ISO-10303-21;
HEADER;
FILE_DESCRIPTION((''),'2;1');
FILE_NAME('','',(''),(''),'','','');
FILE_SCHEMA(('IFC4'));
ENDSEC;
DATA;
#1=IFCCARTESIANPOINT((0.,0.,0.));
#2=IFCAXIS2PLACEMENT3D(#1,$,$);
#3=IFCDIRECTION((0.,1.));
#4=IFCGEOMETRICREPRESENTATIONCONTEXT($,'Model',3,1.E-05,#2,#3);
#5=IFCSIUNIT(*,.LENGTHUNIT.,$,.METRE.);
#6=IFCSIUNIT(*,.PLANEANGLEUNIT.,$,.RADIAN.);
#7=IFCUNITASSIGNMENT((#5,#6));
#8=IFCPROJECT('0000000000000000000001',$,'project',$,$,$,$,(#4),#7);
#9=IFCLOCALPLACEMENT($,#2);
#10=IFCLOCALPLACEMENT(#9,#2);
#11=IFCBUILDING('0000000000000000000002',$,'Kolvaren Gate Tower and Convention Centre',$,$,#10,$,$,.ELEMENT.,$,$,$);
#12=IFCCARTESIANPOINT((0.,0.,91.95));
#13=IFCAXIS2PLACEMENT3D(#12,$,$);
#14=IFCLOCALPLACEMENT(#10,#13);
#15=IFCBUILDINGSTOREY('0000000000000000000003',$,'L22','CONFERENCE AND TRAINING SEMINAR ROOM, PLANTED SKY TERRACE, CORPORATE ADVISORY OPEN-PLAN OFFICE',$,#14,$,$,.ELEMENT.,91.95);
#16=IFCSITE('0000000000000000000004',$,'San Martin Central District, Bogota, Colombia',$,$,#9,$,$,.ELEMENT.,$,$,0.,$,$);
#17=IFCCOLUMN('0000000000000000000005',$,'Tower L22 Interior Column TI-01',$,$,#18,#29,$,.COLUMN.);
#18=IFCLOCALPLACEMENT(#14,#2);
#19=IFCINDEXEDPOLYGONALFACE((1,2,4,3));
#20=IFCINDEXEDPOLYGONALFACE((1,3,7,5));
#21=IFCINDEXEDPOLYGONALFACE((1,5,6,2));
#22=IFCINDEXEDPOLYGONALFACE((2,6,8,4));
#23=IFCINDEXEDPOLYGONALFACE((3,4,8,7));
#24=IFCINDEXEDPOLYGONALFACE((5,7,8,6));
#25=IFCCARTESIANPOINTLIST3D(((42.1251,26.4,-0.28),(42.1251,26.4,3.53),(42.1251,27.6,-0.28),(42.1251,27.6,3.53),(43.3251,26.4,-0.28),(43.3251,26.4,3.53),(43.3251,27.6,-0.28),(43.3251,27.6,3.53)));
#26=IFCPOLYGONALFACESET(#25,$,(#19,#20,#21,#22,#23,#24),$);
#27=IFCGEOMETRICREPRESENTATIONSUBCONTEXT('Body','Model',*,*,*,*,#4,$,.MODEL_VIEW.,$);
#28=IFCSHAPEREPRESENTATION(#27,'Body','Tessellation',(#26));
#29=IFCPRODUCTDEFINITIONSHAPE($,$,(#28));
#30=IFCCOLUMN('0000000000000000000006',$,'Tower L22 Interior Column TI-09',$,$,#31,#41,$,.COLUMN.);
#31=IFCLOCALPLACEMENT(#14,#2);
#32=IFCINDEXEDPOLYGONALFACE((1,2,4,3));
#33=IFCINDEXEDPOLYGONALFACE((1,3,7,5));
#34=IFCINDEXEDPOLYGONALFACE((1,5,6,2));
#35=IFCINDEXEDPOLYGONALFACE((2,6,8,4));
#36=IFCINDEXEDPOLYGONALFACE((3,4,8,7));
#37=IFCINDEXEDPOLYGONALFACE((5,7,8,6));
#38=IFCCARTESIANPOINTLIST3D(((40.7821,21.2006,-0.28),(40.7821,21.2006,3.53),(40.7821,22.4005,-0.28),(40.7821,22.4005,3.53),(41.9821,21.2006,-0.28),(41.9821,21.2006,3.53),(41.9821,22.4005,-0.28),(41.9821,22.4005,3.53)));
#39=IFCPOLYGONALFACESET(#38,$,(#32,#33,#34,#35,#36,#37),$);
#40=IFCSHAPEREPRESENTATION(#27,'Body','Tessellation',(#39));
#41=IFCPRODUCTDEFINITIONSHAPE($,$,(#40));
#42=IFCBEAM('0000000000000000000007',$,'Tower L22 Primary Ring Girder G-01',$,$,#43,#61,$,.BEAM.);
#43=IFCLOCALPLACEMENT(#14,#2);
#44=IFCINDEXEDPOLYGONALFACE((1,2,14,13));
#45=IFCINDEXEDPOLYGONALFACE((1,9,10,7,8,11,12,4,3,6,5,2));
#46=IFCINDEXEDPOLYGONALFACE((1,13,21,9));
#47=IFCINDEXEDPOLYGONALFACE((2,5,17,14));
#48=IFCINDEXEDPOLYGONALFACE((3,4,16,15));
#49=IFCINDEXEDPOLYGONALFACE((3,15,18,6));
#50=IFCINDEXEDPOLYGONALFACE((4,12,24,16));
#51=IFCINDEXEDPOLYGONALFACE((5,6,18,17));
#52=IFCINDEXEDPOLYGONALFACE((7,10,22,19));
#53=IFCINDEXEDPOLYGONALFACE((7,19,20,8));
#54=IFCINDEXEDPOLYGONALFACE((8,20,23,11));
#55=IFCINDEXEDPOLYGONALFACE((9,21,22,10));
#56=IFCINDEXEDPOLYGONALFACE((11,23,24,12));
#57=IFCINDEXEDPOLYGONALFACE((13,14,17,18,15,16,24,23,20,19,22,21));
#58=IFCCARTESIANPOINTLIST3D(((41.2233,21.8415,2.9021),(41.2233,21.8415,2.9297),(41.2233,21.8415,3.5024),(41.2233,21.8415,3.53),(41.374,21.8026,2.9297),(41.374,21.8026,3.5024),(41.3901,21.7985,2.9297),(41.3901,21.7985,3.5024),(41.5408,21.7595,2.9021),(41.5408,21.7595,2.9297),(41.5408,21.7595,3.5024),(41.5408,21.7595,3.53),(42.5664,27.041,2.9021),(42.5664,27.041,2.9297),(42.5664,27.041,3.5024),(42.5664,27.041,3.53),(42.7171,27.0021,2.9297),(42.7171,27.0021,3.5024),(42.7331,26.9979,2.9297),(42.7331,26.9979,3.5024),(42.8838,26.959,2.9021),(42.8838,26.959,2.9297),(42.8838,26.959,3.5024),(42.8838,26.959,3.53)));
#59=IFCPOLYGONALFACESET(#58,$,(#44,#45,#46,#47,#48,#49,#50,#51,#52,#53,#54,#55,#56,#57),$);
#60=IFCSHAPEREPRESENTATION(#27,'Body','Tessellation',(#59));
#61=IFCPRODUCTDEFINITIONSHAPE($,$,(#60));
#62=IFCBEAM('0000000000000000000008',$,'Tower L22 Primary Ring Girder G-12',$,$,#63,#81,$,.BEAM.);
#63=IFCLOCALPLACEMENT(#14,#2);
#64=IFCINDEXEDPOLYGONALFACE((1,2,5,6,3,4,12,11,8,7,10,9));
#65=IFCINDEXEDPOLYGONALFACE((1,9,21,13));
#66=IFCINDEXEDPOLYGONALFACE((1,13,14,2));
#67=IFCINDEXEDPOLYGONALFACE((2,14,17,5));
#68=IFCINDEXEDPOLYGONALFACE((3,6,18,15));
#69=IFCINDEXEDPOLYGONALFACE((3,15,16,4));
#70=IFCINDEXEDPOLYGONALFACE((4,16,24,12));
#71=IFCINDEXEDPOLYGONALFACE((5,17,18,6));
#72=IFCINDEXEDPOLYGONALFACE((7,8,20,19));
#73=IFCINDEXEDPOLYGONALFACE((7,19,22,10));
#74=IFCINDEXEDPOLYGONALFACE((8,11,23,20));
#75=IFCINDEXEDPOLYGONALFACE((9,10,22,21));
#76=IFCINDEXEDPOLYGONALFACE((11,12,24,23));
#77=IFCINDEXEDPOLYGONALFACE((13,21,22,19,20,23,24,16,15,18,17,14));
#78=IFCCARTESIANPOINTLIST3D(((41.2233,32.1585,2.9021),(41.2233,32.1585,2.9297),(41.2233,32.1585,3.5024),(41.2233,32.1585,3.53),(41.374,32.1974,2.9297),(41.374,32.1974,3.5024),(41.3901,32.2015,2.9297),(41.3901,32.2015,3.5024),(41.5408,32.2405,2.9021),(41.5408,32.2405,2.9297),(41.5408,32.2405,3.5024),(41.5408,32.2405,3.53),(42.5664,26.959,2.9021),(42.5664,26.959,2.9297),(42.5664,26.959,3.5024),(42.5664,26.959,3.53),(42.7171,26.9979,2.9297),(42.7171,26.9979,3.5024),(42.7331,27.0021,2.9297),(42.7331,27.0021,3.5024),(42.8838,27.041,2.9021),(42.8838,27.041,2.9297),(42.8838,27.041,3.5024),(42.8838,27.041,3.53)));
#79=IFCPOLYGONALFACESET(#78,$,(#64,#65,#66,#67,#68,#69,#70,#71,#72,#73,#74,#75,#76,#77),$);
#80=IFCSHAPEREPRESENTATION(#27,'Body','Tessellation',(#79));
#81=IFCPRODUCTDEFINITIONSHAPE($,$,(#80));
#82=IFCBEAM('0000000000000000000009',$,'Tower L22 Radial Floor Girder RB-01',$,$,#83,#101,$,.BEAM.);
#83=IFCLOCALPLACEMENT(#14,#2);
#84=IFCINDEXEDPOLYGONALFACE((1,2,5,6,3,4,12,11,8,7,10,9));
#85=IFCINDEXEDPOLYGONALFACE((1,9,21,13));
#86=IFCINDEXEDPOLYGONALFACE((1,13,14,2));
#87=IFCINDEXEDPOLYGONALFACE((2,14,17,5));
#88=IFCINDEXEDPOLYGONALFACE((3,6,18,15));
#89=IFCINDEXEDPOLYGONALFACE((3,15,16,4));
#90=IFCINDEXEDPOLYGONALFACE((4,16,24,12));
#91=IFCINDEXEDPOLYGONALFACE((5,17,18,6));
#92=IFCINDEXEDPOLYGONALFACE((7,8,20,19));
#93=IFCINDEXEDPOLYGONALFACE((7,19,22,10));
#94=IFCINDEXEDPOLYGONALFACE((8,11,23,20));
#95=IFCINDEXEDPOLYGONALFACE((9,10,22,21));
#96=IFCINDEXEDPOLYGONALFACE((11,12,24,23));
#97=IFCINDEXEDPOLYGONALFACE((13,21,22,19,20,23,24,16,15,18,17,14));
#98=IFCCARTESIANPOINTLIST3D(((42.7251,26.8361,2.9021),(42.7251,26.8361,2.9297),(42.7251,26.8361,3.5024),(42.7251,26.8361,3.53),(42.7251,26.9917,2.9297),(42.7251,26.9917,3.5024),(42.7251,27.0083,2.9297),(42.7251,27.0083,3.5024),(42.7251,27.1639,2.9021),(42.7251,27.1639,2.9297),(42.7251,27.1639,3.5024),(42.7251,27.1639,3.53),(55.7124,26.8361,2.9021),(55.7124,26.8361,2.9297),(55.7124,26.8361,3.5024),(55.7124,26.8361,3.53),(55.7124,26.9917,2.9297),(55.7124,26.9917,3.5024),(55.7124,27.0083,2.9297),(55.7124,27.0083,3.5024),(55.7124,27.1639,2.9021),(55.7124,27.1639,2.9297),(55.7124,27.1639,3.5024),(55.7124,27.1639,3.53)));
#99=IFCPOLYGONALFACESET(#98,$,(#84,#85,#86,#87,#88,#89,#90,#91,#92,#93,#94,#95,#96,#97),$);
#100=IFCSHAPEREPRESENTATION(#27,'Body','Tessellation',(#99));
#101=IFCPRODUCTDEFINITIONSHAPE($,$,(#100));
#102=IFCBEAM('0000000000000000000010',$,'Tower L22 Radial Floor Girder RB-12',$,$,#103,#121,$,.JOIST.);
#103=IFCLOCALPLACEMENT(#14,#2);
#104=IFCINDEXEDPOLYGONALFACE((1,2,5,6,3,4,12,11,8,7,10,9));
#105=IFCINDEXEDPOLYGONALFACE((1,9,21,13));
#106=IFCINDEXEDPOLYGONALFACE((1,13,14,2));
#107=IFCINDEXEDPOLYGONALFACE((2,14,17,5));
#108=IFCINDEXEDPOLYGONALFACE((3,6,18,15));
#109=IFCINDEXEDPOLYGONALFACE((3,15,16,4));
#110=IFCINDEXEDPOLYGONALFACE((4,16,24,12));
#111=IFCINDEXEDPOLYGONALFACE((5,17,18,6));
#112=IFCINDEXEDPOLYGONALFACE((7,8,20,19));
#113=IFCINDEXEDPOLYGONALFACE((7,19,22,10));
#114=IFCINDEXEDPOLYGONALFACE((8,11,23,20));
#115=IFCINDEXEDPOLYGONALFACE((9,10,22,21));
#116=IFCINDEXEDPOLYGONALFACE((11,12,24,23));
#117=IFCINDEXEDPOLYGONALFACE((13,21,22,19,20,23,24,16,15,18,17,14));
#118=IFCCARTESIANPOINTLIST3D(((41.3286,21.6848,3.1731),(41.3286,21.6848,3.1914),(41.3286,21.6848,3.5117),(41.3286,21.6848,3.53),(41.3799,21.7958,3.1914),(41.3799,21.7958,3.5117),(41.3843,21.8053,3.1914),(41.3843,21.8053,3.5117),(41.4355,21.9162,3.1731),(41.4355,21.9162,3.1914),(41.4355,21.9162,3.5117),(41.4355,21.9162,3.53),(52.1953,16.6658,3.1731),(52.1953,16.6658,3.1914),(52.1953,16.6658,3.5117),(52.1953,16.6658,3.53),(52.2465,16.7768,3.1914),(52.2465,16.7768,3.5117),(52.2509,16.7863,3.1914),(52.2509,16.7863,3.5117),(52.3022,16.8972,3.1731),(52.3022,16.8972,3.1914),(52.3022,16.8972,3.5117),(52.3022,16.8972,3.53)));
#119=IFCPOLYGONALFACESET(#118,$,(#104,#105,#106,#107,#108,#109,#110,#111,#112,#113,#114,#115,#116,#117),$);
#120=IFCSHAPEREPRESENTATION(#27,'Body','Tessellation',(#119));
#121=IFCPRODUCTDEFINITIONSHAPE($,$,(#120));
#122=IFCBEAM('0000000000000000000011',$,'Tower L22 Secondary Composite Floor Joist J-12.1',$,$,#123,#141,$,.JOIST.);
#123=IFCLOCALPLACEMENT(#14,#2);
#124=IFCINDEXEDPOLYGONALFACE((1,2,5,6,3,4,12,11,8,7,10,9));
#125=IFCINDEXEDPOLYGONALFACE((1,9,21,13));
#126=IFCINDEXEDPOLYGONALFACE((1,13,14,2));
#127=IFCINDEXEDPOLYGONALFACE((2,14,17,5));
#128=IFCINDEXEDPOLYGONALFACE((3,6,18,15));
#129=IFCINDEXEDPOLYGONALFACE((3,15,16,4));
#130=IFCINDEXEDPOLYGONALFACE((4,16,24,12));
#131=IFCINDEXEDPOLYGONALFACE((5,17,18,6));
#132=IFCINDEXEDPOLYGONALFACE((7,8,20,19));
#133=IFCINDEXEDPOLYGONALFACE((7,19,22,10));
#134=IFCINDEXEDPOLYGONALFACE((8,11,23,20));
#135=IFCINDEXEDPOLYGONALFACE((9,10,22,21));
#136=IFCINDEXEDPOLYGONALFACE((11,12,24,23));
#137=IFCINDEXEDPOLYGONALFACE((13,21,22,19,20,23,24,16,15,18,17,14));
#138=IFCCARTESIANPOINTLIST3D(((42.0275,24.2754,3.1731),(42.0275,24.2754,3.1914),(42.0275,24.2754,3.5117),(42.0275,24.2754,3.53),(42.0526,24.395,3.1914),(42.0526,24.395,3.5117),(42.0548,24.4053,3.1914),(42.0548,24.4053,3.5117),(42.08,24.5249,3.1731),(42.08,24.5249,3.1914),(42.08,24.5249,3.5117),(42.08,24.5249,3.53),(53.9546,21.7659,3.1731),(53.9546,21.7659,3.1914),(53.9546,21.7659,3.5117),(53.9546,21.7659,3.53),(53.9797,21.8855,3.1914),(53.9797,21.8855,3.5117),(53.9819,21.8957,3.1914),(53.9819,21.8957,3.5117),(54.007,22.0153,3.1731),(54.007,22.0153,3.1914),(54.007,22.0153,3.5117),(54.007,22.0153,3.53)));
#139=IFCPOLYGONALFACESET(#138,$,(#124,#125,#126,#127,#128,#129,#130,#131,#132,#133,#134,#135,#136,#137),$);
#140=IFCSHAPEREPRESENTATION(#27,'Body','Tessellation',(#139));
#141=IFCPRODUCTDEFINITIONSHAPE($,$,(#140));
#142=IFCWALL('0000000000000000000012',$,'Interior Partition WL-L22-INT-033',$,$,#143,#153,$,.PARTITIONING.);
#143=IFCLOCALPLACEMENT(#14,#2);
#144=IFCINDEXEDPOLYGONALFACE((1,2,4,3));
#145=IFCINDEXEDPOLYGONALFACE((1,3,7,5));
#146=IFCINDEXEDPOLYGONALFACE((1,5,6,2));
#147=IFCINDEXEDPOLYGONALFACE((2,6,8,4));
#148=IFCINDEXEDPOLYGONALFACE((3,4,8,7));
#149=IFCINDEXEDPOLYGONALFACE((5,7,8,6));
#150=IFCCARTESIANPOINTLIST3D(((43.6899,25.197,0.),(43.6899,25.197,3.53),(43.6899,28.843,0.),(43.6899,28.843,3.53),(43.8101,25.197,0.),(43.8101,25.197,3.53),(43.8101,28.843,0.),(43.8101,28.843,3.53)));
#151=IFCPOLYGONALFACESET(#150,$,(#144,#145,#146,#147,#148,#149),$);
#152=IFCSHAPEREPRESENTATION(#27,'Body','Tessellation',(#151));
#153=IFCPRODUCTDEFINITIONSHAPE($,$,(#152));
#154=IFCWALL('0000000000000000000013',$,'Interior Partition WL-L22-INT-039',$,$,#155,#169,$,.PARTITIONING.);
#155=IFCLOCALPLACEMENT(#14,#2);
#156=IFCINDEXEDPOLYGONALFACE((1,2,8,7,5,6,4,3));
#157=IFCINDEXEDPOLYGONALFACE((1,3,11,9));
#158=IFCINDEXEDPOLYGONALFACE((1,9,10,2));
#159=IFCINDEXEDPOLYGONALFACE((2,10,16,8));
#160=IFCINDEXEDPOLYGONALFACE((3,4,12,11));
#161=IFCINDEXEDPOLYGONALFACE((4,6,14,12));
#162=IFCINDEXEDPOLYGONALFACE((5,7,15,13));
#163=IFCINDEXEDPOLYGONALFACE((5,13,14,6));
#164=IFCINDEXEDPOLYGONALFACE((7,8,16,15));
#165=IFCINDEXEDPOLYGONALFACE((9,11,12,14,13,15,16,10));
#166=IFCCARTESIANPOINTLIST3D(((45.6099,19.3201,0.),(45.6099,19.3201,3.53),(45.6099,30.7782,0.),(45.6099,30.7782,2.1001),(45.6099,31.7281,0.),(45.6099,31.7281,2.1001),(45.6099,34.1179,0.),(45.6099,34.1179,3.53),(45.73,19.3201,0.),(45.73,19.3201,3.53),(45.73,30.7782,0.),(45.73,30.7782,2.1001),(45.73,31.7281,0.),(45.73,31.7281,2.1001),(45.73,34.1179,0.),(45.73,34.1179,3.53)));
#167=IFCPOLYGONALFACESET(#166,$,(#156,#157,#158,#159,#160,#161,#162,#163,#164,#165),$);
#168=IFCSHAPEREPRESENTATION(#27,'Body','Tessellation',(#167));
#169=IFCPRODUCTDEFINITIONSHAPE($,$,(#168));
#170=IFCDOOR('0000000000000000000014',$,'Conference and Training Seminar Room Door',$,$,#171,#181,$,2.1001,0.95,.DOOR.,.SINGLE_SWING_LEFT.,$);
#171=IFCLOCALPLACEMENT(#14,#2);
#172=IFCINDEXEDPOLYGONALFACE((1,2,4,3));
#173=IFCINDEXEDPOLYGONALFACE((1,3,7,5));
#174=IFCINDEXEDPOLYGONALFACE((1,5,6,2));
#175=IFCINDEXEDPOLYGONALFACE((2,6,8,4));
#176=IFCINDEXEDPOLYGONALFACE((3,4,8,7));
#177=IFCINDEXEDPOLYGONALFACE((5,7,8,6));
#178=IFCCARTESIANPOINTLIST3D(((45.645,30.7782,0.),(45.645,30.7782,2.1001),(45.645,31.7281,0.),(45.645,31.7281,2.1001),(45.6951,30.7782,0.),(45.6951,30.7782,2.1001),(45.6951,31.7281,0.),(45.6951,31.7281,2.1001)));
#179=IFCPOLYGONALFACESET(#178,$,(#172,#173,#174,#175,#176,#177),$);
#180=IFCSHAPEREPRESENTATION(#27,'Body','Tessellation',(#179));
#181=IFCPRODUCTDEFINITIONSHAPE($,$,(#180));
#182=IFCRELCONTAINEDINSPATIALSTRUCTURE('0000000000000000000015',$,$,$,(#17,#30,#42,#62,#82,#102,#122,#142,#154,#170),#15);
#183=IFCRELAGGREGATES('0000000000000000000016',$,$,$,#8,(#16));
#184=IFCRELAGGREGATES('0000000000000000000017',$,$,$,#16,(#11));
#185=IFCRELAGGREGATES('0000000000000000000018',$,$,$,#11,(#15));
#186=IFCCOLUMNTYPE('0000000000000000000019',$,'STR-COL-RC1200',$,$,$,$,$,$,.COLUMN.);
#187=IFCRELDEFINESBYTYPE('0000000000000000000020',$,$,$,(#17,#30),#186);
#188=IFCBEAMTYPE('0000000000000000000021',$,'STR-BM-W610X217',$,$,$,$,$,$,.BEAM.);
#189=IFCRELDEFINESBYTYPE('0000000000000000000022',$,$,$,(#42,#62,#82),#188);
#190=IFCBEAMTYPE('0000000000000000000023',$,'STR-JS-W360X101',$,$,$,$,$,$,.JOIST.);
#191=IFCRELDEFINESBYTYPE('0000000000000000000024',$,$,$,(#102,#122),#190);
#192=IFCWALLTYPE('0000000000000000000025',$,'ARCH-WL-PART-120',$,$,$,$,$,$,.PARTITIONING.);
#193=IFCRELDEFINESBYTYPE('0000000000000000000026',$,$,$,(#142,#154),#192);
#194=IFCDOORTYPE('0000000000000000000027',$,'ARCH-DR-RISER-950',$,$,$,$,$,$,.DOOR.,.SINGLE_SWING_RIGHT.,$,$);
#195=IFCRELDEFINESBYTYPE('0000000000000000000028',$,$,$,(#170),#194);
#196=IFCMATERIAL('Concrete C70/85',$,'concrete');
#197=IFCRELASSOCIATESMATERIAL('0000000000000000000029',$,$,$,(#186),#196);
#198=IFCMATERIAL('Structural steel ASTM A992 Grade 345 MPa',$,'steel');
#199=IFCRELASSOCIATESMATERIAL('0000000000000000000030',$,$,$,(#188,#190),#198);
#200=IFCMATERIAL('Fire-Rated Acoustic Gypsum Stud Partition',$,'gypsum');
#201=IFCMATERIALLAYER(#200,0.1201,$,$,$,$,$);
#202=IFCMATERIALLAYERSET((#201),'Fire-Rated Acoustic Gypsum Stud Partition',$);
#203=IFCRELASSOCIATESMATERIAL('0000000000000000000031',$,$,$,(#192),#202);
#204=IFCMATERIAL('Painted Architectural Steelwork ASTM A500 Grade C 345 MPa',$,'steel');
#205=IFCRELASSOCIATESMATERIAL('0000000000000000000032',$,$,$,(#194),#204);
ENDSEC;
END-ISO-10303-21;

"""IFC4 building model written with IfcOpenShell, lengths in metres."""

from ifc_helpers import new_model, si_unit, direction, frame, frame_2d, origin, origin_2d, place, context, subcontext, project, spatial, rectangle, i_section, extrude, material, layer, layer_set, material_profile, profile_set, type_object, element, fill, save


model = new_model("IFC4")

# Units and contexts
model_context = context("Model", 3, precision=1e-05, world=origin(), true_north=direction((0.0, 1.0)))
body_context = subcontext(model_context, "Body", "Model", "MODEL_VIEW")
ifc_project = project(units=[si_unit("LENGTHUNIT", "METRE"), si_unit("PLANEANGLEUNIT", "RADIAN")], contexts=[model_context])

# Site, building, storey
site_placement = place(None, origin())
site = spatial("IfcSite", under=ifc_project, at=site_placement, Name="San Martin Central District, Bogota, Colombia", CompositionType="ELEMENT", RefElevation=0.0)
building_placement = place(site_placement, origin())
building = spatial("IfcBuilding", under=site, at=building_placement, Name="Kolvaren Gate Tower and Convention Centre", CompositionType="ELEMENT")
storey_placement = place(building_placement, frame((0.0, 0.0, 91.95)))
storey = spatial("IfcBuildingStorey", under=building, at=storey_placement, Name="L22", Description="CONFERENCE AND TRAINING SEMINAR ROOM, PLANTED SKY TERRACE, CORPORATE ADVISORY OPEN-PLAN OFFICE", CompositionType="ELEMENT", Elevation=91.95)

# Columns
ifc_material_1 = material(Name="Concrete C70/85", Category="concrete")
ifc_material_profile_1 = material_profile(ifc_material_1, rectangle(XDim=1.2, YDim=1.2, at=origin_2d()), Name="RC-COL-1200X1200")
ifc_profile_set_1 = profile_set([ifc_material_profile_1], Name="Concrete C70/85")
column_type = type_object("IfcColumnType", Name="STR-COL-RC1200", PredefinedType="COLUMN", material=ifc_profile_set_1)
for number, where, z_axis, x_axis, name in (
    (1, (42.7251, 27.0, -0.28), (0.0, 0.0, 1.0), (1.0, 0.0, 0.0), "Tower L22 Interior Column TI-01"),
    (2, (41.3821, 21.8005, -0.28), (0.0, 0.0, 1.0), (1.0, 0.0, 0.0), "Tower L22 Interior Column TI-09"),
):
    element("IfcColumn", number, at=place(storey_placement, frame(where, z_axis=z_axis, x_axis=x_axis)), inside=storey, type_object=column_type, Name=name, PredefinedType="COLUMN", context=body_context, shape_type="SweptSolid", body=[
        extrude(rectangle(XDim=1.2, YDim=1.2, at=origin_2d()), origin(), (0.0, 0.0, 1.0), 3.8101),
    ])

# Beams
ifc_material_2 = material(Name="Structural steel ASTM A992 Grade 345 MPa", Category="steel")
ifc_material_profile_2 = material_profile(ifc_material_2, i_section(OverallWidth=0.3279, OverallDepth=0.6279, WebThickness=0.0166, FlangeThickness=0.0276, at=origin_2d()), Name="W610X217")
ifc_profile_set_2 = profile_set([ifc_material_profile_2], Name="Structural steel ASTM A992 Grade 345 MPa")
beam_type_1 = type_object("IfcBeamType", Name="STR-BM-W610X217", PredefinedType="BEAM", material=ifc_profile_set_2)
for number, where, z_axis, x_axis, name in (
    (3, (42.7251, 27.0, 3.2161), (-0.250091, -0.968222, 0.0), (0.968222, -0.250091, 0.0), "Tower L22 Primary Ring Girder G-01"),
    (4, (42.7251, 27.0, 3.2161), (-0.250091, 0.968222, 0.0), (-0.968222, -0.250091, 0.0), "Tower L22 Primary Ring Girder G-12"),
):
    element("IfcBeam", number, at=place(storey_placement, frame(where, z_axis=z_axis, x_axis=x_axis)), inside=storey, type_object=beam_type_1, Name=name, PredefinedType="BEAM", context=body_context, shape_type="SweptSolid", body=[
        extrude(i_section(OverallWidth=0.3279, OverallDepth=0.6279, WebThickness=0.0166, FlangeThickness=0.0276, at=origin_2d()), origin(), (0.0, 0.0, 1.0), 5.3701),
    ])
beam_1_placement = place(storey_placement, frame((42.7251, 27.0, 3.2161), z_axis=(1.0, 0.0, 0.0), x_axis=(0.0, 1.0, 0.0)))
element("IfcBeam", 5, at=beam_1_placement, inside=storey, type_object=beam_type_1, Name="Tower L22 Radial Floor Girder RB-01", PredefinedType="BEAM", context=body_context, shape_type="SweptSolid", body=[
    extrude(i_section(OverallWidth=0.3279, OverallDepth=0.6279, WebThickness=0.0166, FlangeThickness=0.0276, at=origin_2d()), origin(), (0.0, 0.0, 1.0), 12.9873),
])
ifc_material_profile_3 = material_profile(ifc_material_2, i_section(OverallWidth=0.2549, OverallDepth=0.3569, WebThickness=0.0105, FlangeThickness=0.0183, at=origin_2d()), Name="W360X101")
ifc_profile_set_3 = profile_set([ifc_material_profile_3], Name="Structural steel ASTM A992 Grade 345 MPa")
beam_type_2 = type_object("IfcBeamType", Name="STR-JS-W360X101", PredefinedType="JOIST", material=ifc_profile_set_3)
beam_2_placement = place(storey_placement, frame((41.3821, 21.8005, 3.3516), z_axis=(0.907844, -0.419309, 0.0), x_axis=(0.419309, 0.907844, 0.0)))
element("IfcBeam", 6, at=beam_2_placement, inside=storey, type_object=beam_type_2, Name="Tower L22 Radial Floor Girder RB-12", PredefinedType="JOIST", context=body_context, shape_type="SweptSolid", body=[
    extrude(i_section(OverallWidth=0.2549, OverallDepth=0.3569, WebThickness=0.0105, FlangeThickness=0.0183, at=origin_2d()), origin(), (0.0, 0.0, 1.0), 11.9697),
])
beam_3_placement = place(storey_placement, frame((42.0537, 24.4001, 3.3516), z_axis=(0.978573, -0.205898, 0.0), x_axis=(0.205898, 0.978573, 0.0)))
element("IfcBeam", 7, at=beam_3_placement, inside=storey, type_object=beam_type_2, Name="Tower L22 Secondary Composite Floor Joist J-12.1", PredefinedType="JOIST", context=body_context, shape_type="SweptSolid", body=[
    extrude(i_section(OverallWidth=0.2549, OverallDepth=0.3569, WebThickness=0.0105, FlangeThickness=0.0183, at=origin_2d()), origin(), (0.0, 0.0, 1.0), 12.1882),
])

# Wall
ifc_material_3 = material(Name="Fire-Rated Acoustic Gypsum Stud Partition", Category="gypsum")
ifc_layer_1 = layer(ifc_material_3, 0.1201)
ifc_layer_set_1 = layer_set([ifc_layer_1], Name="Fire-Rated Acoustic Gypsum Stud Partition")
wall_type_1 = type_object("IfcWallType", Name="ARCH-WL-PART-120", PredefinedType="PARTITIONING", material=ifc_layer_set_1)
wall_1_placement = place(storey_placement, frame((43.75, 25.197, 0.0), z_axis=(0.0, 0.0, 1.0), x_axis=(0.0, 1.0, 0.0)))
element("IfcWall", 8, at=wall_1_placement, inside=storey, type_object=wall_type_1, Name="Interior Partition WL-L22-INT-033", PredefinedType="PARTITIONING", context=body_context, shape_type="SweptSolid", body=[
    extrude(rectangle(XDim=3.646, YDim=0.1201, at=frame_2d((1.823, 0.0))), origin(), (0.0, 0.0, 1.0), 3.53),
])

# Wall, opening, door
wall_2_placement = place(storey_placement, frame((45.6699, 19.3201, 0.0), z_axis=(0.0, 0.0, 1.0), x_axis=(0.0, 1.0, 0.0)))
wall_2 = element("IfcWall", 9, at=wall_2_placement, inside=storey, type_object=wall_type_1, Name="Interior Partition WL-L22-INT-039", PredefinedType="PARTITIONING", context=body_context, shape_type="SweptSolid", body=[
    extrude(rectangle(XDim=14.7979, YDim=0.1201, at=frame_2d((7.3989, 0.0))), origin(), (0.0, 0.0, 1.0), 3.53),
])
opening_1_placement = place(wall_2_placement, frame((11.458, 0.0, 0.0)))
opening_1 = element("IfcOpeningElement", 10, at=opening_1_placement, cuts=wall_2, PredefinedType="OPENING", context=body_context, shape_type="SweptSolid", body=[
    extrude(rectangle(XDim=0.95, YDim=2.1001, at=frame_2d((0.4751, 1.05))), frame((0.0, 0.0701, 0.0), z_axis=(0.0, -1.0, 0.0), x_axis=(1.0, 0.0, 0.0)), (0.0, 0.0, 1.0), 0.1401),
])
ifc_material_4 = material(Name="Painted Architectural Steelwork ASTM A500 Grade C 345 MPa", Category="steel")
door_type = type_object("IfcDoorType", Name="ARCH-DR-RISER-950", OperationType="SINGLE_SWING_RIGHT", PredefinedType="DOOR", material=ifc_material_4)
door_placement = place(opening_1_placement, origin())
door = element("IfcDoor", 11, at=door_placement, inside=storey, type_object=door_type, Name="Conference and Training Seminar Room Door", OperationType="SINGLE_SWING_LEFT", OverallHeight=2.1001, OverallWidth=0.95, PredefinedType="DOOR", context=body_context, shape_type="SweptSolid", body=[
    extrude(rectangle(XDim=0.95, YDim=2.1001, at=frame_2d((0.4751, 1.05))), frame((0.0, 0.0249, 0.0), z_axis=(0.0, -1.0, 0.0), x_axis=(1.0, 0.0, 0.0)), (0.0, 0.0, 1.0), 0.05),
])
fill(opening_1, door)

save(model, "model.ifc")
